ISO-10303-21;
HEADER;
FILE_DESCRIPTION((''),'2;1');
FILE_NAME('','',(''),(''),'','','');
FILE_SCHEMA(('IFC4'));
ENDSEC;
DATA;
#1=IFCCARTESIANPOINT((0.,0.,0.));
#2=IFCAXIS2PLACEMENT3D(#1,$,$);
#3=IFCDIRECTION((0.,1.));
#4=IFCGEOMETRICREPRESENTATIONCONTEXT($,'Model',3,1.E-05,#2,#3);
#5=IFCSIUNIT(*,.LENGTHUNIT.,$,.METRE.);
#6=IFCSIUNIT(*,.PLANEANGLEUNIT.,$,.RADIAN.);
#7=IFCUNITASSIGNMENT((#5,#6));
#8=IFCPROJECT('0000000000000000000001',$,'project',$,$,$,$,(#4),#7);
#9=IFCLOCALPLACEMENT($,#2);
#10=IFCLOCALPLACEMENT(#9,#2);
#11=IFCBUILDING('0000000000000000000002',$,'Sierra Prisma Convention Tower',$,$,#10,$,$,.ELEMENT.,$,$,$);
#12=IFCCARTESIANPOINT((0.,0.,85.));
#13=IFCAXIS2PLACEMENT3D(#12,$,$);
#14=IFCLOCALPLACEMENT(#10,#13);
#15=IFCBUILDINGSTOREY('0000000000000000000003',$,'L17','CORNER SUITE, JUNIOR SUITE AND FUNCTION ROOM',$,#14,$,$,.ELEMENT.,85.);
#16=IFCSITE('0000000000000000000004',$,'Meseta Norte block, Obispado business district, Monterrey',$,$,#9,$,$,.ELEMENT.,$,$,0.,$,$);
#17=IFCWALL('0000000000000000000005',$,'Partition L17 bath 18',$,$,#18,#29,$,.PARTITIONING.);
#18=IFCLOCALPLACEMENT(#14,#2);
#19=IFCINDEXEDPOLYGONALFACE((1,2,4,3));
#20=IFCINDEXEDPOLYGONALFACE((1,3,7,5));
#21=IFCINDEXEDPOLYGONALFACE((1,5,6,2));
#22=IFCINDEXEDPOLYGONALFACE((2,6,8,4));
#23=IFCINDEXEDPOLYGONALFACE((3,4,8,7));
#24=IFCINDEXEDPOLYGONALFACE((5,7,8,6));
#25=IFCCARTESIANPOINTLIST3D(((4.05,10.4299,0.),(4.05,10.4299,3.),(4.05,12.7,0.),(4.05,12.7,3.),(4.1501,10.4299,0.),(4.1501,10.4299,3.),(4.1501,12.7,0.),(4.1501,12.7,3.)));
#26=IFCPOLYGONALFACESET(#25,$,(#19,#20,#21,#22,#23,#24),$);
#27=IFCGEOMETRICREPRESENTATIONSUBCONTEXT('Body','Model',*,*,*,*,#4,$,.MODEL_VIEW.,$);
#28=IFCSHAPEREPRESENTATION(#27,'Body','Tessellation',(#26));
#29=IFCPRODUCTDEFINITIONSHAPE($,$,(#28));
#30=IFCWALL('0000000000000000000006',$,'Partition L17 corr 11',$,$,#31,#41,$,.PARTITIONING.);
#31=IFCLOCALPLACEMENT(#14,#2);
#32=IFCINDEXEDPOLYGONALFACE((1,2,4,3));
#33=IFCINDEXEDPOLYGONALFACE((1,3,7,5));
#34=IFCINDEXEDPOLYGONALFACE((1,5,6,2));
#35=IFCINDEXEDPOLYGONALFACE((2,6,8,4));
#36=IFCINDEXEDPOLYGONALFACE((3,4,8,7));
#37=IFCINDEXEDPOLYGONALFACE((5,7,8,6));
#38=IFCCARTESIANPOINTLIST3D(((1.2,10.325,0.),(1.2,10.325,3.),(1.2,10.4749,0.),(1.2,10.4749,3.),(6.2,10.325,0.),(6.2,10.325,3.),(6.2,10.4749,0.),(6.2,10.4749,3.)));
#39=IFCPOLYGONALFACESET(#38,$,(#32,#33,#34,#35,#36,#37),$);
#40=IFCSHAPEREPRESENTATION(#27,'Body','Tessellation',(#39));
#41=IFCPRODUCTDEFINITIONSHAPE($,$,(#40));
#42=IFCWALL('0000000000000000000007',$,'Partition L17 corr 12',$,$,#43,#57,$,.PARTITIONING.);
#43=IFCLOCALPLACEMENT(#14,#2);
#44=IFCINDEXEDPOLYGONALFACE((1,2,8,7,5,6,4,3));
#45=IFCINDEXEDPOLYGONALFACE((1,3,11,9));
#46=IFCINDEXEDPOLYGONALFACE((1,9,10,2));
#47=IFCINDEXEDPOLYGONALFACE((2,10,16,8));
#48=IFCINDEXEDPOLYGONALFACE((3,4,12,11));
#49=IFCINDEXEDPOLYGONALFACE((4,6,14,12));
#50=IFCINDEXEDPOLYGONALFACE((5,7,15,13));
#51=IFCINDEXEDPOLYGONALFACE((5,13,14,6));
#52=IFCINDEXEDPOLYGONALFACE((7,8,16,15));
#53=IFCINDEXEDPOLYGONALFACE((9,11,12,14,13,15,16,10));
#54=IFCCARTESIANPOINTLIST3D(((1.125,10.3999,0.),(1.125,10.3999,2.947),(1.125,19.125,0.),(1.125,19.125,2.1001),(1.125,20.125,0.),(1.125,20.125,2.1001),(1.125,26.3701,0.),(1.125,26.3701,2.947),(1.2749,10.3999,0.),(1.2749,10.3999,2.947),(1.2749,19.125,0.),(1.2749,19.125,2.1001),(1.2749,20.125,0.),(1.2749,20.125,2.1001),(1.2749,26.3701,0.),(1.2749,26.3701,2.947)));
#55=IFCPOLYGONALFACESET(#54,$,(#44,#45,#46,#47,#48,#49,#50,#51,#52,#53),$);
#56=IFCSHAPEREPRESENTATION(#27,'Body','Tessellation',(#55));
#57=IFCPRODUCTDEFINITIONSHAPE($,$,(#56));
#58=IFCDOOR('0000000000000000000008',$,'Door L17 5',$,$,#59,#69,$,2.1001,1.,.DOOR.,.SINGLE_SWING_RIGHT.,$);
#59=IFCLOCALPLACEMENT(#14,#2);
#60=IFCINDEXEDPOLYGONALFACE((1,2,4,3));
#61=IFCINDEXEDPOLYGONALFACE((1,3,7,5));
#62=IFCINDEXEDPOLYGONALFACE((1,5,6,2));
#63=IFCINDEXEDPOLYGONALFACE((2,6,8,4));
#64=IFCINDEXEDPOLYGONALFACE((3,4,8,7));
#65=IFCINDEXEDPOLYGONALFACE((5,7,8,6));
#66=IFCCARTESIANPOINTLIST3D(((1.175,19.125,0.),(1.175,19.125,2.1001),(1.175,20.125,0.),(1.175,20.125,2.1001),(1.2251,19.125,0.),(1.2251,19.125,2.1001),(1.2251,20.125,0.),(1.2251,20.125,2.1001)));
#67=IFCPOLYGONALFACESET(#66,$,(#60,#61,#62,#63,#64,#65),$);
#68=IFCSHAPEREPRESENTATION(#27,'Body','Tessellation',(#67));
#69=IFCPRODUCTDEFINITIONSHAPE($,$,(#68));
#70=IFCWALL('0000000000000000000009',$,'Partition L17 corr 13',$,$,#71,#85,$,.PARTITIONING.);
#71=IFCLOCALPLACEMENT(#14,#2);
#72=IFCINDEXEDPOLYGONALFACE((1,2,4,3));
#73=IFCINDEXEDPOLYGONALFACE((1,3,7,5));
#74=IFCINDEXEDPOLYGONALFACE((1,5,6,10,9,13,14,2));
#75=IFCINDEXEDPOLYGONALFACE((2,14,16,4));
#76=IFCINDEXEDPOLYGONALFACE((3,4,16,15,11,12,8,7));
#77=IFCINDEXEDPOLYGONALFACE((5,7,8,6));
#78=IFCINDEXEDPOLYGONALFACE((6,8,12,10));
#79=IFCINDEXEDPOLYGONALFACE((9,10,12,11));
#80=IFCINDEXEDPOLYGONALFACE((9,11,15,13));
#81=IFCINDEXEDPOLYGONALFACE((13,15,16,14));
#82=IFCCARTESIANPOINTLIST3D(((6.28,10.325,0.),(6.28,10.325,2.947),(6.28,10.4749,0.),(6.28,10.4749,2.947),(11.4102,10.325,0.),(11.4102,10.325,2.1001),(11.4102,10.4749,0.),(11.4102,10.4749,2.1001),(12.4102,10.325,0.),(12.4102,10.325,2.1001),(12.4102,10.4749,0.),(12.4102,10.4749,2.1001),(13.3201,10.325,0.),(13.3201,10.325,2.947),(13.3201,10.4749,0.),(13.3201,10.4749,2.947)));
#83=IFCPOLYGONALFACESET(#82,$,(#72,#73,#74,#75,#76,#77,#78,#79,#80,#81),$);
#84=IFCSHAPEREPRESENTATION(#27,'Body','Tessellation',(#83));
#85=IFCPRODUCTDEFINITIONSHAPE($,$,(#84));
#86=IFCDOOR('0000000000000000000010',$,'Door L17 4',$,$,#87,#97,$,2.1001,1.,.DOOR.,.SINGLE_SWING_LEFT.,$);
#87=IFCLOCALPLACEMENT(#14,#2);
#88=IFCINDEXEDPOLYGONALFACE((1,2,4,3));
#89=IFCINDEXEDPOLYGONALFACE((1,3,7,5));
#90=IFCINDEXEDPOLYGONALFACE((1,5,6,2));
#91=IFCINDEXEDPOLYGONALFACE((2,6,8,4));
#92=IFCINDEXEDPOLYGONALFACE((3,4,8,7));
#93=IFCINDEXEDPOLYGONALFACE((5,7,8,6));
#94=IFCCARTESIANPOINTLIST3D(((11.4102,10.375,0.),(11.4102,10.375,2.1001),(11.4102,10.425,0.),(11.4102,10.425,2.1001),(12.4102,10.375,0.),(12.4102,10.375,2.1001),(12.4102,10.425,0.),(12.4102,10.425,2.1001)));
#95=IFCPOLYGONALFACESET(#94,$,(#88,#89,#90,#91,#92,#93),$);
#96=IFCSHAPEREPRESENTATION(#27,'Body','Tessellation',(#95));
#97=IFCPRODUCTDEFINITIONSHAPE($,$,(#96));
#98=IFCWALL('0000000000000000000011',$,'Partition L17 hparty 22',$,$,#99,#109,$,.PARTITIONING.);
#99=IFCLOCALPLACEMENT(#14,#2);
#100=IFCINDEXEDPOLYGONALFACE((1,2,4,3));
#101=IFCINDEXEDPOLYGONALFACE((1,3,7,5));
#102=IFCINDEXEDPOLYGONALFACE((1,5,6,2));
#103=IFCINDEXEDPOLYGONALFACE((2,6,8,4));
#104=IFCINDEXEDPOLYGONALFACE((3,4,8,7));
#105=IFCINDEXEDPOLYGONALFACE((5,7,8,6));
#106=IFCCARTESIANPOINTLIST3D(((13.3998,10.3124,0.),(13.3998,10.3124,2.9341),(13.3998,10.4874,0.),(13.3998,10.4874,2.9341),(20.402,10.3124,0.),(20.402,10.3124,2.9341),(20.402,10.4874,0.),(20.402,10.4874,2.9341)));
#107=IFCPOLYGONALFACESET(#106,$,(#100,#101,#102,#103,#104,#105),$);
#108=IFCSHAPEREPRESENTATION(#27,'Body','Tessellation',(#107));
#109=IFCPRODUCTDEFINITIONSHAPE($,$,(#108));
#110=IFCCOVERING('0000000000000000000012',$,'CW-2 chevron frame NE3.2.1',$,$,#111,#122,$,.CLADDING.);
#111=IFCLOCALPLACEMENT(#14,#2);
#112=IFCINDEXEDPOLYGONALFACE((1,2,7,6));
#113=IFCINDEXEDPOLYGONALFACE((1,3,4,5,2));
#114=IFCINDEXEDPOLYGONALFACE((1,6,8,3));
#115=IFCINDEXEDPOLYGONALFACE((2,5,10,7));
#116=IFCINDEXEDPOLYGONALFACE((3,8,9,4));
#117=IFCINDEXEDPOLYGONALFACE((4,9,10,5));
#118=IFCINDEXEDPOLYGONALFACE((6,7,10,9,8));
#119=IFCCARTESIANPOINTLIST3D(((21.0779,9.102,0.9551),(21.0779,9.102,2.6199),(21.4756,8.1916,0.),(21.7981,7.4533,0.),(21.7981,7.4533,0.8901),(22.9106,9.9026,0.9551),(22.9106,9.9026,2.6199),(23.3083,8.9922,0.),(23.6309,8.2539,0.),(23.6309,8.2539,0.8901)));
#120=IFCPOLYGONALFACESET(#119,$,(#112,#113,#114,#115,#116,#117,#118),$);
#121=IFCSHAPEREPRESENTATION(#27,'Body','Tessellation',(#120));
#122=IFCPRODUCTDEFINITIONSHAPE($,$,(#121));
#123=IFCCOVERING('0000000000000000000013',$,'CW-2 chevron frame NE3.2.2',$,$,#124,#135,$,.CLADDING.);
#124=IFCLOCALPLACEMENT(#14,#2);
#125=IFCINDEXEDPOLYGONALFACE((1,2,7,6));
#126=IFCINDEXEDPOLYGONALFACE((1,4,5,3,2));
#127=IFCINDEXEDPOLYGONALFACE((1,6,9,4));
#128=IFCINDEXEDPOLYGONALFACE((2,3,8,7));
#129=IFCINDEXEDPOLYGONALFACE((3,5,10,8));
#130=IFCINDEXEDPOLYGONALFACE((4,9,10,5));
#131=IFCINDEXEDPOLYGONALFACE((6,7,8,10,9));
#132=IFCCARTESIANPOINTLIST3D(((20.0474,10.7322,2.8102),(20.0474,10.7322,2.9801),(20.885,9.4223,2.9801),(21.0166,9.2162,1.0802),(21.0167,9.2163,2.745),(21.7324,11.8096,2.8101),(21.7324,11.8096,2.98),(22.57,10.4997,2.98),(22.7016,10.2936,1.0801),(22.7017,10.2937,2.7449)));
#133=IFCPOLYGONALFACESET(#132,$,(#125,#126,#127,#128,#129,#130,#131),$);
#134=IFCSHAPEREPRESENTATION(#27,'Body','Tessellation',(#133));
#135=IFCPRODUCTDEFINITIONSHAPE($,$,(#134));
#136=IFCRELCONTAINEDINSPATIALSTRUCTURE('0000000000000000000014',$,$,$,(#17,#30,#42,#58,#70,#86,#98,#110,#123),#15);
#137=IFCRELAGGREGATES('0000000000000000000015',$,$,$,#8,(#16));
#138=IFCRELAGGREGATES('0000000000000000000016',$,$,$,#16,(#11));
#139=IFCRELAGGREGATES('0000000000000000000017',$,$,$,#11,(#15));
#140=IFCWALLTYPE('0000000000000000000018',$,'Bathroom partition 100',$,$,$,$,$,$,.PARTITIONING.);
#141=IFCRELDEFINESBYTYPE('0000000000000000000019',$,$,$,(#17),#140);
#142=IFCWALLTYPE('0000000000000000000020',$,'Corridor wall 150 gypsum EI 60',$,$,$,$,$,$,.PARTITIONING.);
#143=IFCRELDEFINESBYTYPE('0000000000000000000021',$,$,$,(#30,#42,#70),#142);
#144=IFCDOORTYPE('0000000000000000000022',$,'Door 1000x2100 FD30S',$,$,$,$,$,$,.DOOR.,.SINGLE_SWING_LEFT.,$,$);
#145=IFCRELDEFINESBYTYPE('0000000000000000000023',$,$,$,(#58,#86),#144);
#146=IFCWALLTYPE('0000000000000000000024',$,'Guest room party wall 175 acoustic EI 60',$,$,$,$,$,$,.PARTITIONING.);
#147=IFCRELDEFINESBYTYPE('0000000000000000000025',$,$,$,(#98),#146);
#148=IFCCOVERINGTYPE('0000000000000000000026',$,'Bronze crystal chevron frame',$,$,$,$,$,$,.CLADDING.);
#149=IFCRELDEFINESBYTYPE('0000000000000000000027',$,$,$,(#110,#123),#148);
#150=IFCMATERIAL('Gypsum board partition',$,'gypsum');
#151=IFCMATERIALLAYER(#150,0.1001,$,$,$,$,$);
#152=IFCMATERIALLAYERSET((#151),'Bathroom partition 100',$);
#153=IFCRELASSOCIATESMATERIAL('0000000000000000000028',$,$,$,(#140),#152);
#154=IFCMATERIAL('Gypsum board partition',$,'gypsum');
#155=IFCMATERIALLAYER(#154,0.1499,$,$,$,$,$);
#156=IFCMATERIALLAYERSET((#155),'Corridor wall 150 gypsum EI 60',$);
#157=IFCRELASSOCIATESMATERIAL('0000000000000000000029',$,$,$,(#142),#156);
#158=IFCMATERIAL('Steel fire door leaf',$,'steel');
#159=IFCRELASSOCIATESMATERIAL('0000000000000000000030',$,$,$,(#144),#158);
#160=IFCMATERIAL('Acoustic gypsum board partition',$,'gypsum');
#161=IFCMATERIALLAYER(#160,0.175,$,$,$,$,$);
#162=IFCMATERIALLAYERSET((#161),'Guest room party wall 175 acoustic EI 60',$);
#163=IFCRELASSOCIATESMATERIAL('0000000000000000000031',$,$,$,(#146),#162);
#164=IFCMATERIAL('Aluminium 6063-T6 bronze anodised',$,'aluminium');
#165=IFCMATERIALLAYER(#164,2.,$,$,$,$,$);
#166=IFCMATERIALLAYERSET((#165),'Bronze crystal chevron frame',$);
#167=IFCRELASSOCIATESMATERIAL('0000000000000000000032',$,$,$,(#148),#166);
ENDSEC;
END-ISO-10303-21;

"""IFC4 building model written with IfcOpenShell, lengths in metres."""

from ifc_helpers import new_model, si_unit, direction, frame, frame_2d, origin, place, context, subcontext, project, spatial, polyline, rectangle, outline, extrude, material, layer, layer_set, type_object, element, fill, save


model = new_model("IFC4")

# Units and contexts
model_context = context("Model", 3, precision=1e-05, world=origin(), true_north=direction((0.0, 1.0)))
body_context = subcontext(model_context, "Body", "Model", "MODEL_VIEW")
ifc_project = project(units=[si_unit("LENGTHUNIT", "METRE"), si_unit("PLANEANGLEUNIT", "RADIAN")], contexts=[model_context])

# Site, building, storey
site_placement = place(None, origin())
site = spatial("IfcSite", under=ifc_project, at=site_placement, Name="Meseta Norte block, Obispado business district, Monterrey", CompositionType="ELEMENT", RefElevation=0.0)
building_placement = place(site_placement, origin())
building = spatial("IfcBuilding", under=site, at=building_placement, Name="Sierra Prisma Convention Tower", CompositionType="ELEMENT")
storey_placement = place(building_placement, frame((0.0, 0.0, 85.0)))
storey = spatial("IfcBuildingStorey", under=building, at=storey_placement, Name="L17", Description="CORNER SUITE, JUNIOR SUITE AND FUNCTION ROOM", CompositionType="ELEMENT", Elevation=85.0)

# Shared definitions
ifc_material_1 = material(Name="Gypsum board partition", Category="gypsum")
ifc_layer_1 = layer(ifc_material_1, 0.1001)
ifc_layer_set_1 = layer_set([ifc_layer_1], Name="Bathroom partition 100")
wall_type_1 = type_object("IfcWallType", Name="Bathroom partition 100", PredefinedType="PARTITIONING", material=ifc_layer_set_1)

# Walls
wall_1_placement = place(storey_placement, frame((4.1001, 12.7, 0.0), z_axis=(0.0, 0.0, 1.0), x_axis=(0.0, -1.0, 0.0)))
element("IfcWall", 1, at=wall_1_placement, inside=storey, type_object=wall_type_1, Name="Partition L17 bath 18", PredefinedType="PARTITIONING", context=body_context, shape_type="SweptSolid", body=[
    extrude(rectangle(XDim=2.27, YDim=0.1001, at=frame_2d((1.135, 0.0))), origin(), (0.0, 0.0, 1.0), 3.0),
])
ifc_material_2 = material(Name="Gypsum board partition", Category="gypsum")
ifc_layer_2 = layer(ifc_material_2, 0.1499)
ifc_layer_set_2 = layer_set([ifc_layer_2], Name="Corridor wall 150 gypsum EI 60")
wall_type_2 = type_object("IfcWallType", Name="Corridor wall 150 gypsum EI 60", PredefinedType="PARTITIONING", material=ifc_layer_set_2)
wall_2_placement = place(storey_placement, frame((6.2, 10.3999, 0.0), z_axis=(0.0, 0.0, 1.0), x_axis=(-1.0, 0.0, 0.0)))
element("IfcWall", 2, at=wall_2_placement, inside=storey, type_object=wall_type_2, Name="Partition L17 corr 11", PredefinedType="PARTITIONING", context=body_context, shape_type="SweptSolid", body=[
    extrude(rectangle(XDim=5.0, YDim=0.1499, at=frame_2d((2.5, 0.0))), origin(), (0.0, 0.0, 1.0), 3.0),
])

# Walls, openings, doors
wall_3_placement = place(storey_placement, frame((1.2, 10.3999, 0.0), z_axis=(0.0, 0.0, 1.0), x_axis=(0.0, 1.0, 0.0)))
wall_3 = element("IfcWall", 3, at=wall_3_placement, inside=storey, type_object=wall_type_2, Name="Partition L17 corr 12", PredefinedType="PARTITIONING", context=body_context, shape_type="SweptSolid", body=[
    extrude(rectangle(XDim=15.9702, YDim=0.1499, at=frame_2d((7.9851, 0.0))), origin(), (0.0, 0.0, 1.0), 2.947),
])
opening_1_placement = place(wall_3_placement, frame((8.7251, 0.0, 0.0)))
opening_1 = element("IfcOpeningElement", 4, at=opening_1_placement, cuts=wall_3, PredefinedType="OPENING", context=body_context, shape_type="SweptSolid", body=[
    extrude(rectangle(XDim=1.0, YDim=2.1001, at=frame_2d((0.5, 1.05))), frame((0.0, 0.075, 0.0), z_axis=(0.0, -1.0, 0.0), x_axis=(1.0, 0.0, 0.0)), (0.0, 0.0, 1.0), 0.1499),
])
ifc_material_3 = material(Name="Steel fire door leaf", Category="steel")
door_type_1 = type_object("IfcDoorType", Name="Door 1000x2100 FD30S", OperationType="SINGLE_SWING_LEFT", PredefinedType="DOOR", material=ifc_material_3)
door_1_placement = place(opening_1_placement, origin())
door_1 = element("IfcDoor", 5, at=door_1_placement, inside=storey, type_object=door_type_1, Name="Door L17 5", OperationType="SINGLE_SWING_RIGHT", OverallHeight=2.1001, OverallWidth=1.0, PredefinedType="DOOR", context=body_context, shape_type="SweptSolid", body=[
    extrude(rectangle(XDim=1.0, YDim=2.1001, at=frame_2d((0.5, 1.05))), frame((0.0, 0.0249, 0.0), z_axis=(0.0, -1.0, 0.0), x_axis=(1.0, 0.0, 0.0)), (0.0, 0.0, 1.0), 0.05),
])
fill(opening_1, door_1)
wall_4_placement = place(storey_placement, frame((13.3201, 10.3999, 0.0), z_axis=(0.0, 0.0, 1.0), x_axis=(-1.0, 0.0, 0.0)))
wall_4 = element("IfcWall", 6, at=wall_4_placement, inside=storey, type_object=wall_type_2, Name="Partition L17 corr 13", PredefinedType="PARTITIONING", context=body_context, shape_type="SweptSolid", body=[
    extrude(rectangle(XDim=7.04, YDim=0.1499, at=frame_2d((3.52, 0.0))), origin(), (0.0, 0.0, 1.0), 2.947),
])
opening_2_placement = place(wall_4_placement, frame((0.9099, 0.0, 0.0)))
opening_2 = element("IfcOpeningElement", 7, at=opening_2_placement, cuts=wall_4, PredefinedType="OPENING", context=body_context, shape_type="SweptSolid", body=[
    extrude(rectangle(XDim=1.0, YDim=2.1001, at=frame_2d((0.5, 1.05))), frame((0.0, 0.075, 0.0), z_axis=(0.0, -1.0, 0.0), x_axis=(1.0, 0.0, 0.0)), (0.0, 0.0, 1.0), 0.1499),
])
door_2_placement = place(opening_2_placement, origin())
door_2 = element("IfcDoor", 8, at=door_2_placement, inside=storey, type_object=door_type_1, Name="Door L17 4", OperationType="SINGLE_SWING_LEFT", OverallHeight=2.1001, OverallWidth=1.0, PredefinedType="DOOR", context=body_context, shape_type="SweptSolid", body=[
    extrude(rectangle(XDim=1.0, YDim=2.1001, at=frame_2d((0.5, 1.05))), frame((0.0, 0.0249, 0.0), z_axis=(0.0, -1.0, 0.0), x_axis=(1.0, 0.0, 0.0)), (0.0, 0.0, 1.0), 0.05),
])
fill(opening_2, door_2)

# Wall
ifc_material_4 = material(Name="Acoustic gypsum board partition", Category="gypsum")
ifc_layer_3 = layer(ifc_material_4, 0.175)
ifc_layer_set_3 = layer_set([ifc_layer_3], Name="Guest room party wall 175 acoustic EI 60")
wall_type_3 = type_object("IfcWallType", Name="Guest room party wall 175 acoustic EI 60", PredefinedType="PARTITIONING", material=ifc_layer_set_3)
wall_5_placement = place(storey_placement, frame((13.3999, 10.3999, 0.0), z_axis=(0.0, 0.0, 1.0), x_axis=(1.0, 0.0, 0.0)))
element("IfcWall", 9, at=wall_5_placement, inside=storey, type_object=wall_type_3, Name="Partition L17 hparty 22", PredefinedType="PARTITIONING", context=body_context, shape_type="SweptSolid", body=[
    extrude(rectangle(XDim=7.0022, YDim=0.175, at=frame_2d((3.501, 0.0))), origin(), (0.0, 0.0, 1.0), 2.9341),
])

# Coverings
ifc_material_5 = material(Name="Aluminium 6063-T6 bronze anodised", Category="aluminium")
ifc_layer_4 = layer(ifc_material_5, 2.0)
ifc_layer_set_4 = layer_set([ifc_layer_4], Name="Bronze crystal chevron frame")
covering_type = type_object("IfcCoveringType", Name="Bronze crystal chevron frame", PredefinedType="CLADDING", material=ifc_layer_set_4)
covering_1_placement = place(storey_placement, frame((23.6309, 8.2539, 0.0), z_axis=(0.916379, 0.400313, 0.000001), x_axis=(-0.400313, 0.916379, 0.0)))
element("IfcCovering", 10, at=covering_1_placement, inside=storey, type_object=covering_type, Name="CW-2 chevron frame NE3.2.1", PredefinedType="CLADDING", context=body_context, shape_type="SweptSolid", body=[
    extrude(outline(polyline([(0.0, 0.0), (0.8056, 0.0), (1.7991, 0.9551), (1.7991, 2.6199), (0.0, 0.8901), (0.0, 0.0)])), origin(), (0.0, 0.0, -1.0), 2.0),
])
covering_2_placement = place(storey_placement, frame((21.7324, 11.8096, 2.98), z_axis=(0.842498, 0.538699, -0.000065), x_axis=(0.538699, -0.842498, 0.0)))
element("IfcCovering", 11, at=covering_2_placement, inside=storey, type_object=covering_type, Name="CW-2 chevron frame NE3.2.2", PredefinedType="CLADDING", context=body_context, shape_type="SweptSolid", body=[
    extrude(outline(polyline([(0.0, 0.0), (1.5548, 0.0), (1.7992, 0.2351), (1.7992, 1.8999), (0.0, 0.1699), (0.0, 0.0)])), origin(), (0.0, 0.0, -1.0), 2.0),
])

save(model, "model.ifc")
